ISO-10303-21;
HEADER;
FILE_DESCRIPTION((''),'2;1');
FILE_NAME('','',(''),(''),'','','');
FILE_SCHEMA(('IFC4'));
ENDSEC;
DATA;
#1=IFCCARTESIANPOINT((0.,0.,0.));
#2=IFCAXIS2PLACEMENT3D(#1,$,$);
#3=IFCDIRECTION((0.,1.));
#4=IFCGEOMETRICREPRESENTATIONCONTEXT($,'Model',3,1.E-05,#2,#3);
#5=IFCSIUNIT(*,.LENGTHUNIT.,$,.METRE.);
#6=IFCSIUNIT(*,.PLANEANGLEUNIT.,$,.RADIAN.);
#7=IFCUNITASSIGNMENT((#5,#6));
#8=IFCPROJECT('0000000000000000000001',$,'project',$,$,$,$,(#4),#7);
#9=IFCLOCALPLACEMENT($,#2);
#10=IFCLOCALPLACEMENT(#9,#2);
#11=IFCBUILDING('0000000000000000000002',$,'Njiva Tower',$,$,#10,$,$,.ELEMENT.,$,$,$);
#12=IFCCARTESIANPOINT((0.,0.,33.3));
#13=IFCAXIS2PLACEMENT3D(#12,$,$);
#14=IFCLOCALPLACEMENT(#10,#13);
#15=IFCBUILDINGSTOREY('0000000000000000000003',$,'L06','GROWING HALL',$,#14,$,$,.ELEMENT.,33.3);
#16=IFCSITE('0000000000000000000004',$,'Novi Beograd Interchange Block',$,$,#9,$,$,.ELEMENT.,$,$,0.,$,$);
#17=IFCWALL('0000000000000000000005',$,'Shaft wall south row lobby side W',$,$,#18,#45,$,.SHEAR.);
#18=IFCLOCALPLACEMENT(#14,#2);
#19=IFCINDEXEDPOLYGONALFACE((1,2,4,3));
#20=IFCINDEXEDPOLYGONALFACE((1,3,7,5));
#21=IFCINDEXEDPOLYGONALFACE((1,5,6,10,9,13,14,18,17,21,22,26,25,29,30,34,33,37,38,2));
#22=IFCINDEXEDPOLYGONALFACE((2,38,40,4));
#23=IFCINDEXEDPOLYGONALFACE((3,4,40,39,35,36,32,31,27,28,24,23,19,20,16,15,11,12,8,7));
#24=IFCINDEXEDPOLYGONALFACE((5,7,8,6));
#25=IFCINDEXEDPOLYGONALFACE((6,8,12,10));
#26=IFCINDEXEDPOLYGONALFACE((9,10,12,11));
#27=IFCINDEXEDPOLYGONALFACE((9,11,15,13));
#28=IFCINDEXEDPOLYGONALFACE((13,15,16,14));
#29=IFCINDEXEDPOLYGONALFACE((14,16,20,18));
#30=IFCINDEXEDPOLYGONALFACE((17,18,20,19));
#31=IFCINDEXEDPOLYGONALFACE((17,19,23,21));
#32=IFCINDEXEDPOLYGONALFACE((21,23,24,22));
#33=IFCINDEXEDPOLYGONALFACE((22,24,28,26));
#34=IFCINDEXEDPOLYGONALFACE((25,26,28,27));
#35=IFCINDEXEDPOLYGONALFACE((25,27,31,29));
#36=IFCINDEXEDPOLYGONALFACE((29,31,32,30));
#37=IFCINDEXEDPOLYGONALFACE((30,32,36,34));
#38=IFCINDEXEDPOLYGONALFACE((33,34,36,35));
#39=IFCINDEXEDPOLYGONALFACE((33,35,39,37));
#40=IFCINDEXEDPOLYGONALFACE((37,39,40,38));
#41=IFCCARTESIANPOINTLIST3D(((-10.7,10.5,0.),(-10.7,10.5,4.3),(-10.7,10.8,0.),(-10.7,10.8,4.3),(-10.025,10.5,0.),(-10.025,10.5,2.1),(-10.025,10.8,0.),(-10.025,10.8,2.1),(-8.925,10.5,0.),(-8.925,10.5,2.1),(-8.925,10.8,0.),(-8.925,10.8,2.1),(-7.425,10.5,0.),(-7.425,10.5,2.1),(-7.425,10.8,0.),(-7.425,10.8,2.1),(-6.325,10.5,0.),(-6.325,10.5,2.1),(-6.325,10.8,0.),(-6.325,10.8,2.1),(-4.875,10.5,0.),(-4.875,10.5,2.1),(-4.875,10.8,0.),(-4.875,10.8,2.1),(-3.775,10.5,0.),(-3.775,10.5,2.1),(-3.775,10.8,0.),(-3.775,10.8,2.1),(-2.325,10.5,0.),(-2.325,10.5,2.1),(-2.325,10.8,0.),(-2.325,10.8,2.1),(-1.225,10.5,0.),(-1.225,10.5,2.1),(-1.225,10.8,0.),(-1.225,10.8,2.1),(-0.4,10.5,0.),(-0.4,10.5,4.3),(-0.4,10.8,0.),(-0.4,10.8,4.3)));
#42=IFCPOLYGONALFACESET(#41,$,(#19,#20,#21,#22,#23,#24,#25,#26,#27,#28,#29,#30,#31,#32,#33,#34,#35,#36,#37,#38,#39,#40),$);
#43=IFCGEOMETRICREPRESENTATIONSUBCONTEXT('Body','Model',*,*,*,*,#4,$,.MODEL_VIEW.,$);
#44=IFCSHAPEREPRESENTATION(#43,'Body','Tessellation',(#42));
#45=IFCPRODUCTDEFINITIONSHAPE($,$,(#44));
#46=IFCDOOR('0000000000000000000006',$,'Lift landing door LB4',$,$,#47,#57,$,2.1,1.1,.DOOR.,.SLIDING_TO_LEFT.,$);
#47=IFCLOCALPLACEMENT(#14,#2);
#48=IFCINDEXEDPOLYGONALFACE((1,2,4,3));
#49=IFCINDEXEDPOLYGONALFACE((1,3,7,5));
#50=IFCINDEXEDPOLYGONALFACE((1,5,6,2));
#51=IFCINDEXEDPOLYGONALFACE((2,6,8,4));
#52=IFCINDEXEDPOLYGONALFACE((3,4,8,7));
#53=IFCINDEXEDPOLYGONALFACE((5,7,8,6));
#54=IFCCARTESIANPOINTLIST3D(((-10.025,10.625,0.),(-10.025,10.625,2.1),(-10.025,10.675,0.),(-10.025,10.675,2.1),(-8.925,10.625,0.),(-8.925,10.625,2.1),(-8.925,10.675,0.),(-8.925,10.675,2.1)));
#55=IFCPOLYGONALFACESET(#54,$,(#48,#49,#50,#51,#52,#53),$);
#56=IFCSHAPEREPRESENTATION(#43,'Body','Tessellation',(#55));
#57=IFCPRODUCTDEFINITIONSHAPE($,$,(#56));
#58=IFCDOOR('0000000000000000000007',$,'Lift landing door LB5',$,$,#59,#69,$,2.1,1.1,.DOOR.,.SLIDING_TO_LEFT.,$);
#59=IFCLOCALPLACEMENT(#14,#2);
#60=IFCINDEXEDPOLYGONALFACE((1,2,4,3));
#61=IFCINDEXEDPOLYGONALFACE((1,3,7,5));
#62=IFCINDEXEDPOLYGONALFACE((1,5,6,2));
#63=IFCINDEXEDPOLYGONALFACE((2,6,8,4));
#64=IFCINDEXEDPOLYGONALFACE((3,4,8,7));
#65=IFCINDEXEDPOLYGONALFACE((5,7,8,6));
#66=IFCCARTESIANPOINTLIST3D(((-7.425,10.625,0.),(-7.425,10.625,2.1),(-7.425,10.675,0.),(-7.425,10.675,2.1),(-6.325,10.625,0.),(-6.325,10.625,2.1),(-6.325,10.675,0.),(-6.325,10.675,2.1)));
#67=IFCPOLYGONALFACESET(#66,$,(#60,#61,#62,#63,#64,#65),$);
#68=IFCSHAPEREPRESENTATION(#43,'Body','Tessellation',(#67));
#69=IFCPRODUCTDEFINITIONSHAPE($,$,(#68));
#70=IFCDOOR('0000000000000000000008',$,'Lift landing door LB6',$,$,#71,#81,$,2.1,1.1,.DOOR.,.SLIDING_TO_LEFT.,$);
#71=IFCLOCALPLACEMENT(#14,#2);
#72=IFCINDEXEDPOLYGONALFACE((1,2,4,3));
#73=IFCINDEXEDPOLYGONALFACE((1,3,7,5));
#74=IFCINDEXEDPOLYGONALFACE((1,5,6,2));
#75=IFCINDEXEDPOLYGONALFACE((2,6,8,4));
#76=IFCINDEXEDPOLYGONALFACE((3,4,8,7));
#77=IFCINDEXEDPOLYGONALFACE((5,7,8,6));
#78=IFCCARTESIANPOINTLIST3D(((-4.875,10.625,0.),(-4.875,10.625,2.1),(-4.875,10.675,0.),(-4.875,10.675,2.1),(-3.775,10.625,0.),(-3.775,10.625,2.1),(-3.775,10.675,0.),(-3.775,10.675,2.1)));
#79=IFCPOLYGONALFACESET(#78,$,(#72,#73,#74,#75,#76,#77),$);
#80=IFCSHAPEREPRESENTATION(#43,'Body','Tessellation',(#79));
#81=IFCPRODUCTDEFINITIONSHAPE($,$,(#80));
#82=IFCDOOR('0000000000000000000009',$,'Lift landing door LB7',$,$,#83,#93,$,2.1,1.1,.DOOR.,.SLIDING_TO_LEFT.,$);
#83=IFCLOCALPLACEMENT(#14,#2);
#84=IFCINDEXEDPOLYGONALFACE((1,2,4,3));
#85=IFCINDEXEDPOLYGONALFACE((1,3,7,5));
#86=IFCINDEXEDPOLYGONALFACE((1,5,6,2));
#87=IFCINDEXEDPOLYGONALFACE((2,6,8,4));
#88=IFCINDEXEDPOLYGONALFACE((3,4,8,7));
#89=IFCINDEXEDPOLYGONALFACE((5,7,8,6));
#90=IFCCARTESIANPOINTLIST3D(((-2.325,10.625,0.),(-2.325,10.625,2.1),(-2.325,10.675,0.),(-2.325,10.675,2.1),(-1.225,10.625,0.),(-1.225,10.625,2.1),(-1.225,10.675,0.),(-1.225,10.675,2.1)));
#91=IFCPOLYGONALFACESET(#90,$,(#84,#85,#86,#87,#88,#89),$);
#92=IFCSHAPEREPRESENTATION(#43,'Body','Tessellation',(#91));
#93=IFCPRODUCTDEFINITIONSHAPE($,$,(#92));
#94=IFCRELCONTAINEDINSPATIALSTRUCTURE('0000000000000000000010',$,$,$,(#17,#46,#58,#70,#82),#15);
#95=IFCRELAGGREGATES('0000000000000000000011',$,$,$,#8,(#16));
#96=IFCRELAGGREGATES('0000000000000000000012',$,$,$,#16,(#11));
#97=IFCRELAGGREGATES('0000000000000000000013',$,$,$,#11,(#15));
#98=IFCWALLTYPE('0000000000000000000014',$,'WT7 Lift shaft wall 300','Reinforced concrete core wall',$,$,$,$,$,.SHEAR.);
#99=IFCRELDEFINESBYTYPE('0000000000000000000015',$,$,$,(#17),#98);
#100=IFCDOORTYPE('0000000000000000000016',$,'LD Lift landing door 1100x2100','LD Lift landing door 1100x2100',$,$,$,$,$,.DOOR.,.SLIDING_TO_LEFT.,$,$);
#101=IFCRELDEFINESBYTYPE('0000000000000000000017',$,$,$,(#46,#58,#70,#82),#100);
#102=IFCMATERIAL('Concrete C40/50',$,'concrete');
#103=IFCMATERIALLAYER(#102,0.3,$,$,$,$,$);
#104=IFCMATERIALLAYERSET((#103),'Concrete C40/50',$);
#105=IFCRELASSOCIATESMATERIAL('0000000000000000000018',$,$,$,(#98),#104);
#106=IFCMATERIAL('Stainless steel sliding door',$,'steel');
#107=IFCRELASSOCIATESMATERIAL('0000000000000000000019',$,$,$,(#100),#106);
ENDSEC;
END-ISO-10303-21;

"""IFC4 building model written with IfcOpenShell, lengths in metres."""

from ifc_helpers import new_model, si_unit, direction, frame, frame_2d, origin, place, context, subcontext, project, spatial, rectangle, extrude, material, layer, layer_set, type_object, element, fill, save


model = new_model("IFC4")

# Units and contexts
model_context = context("Model", 3, precision=1e-05, world=origin(), true_north=direction((0.0, 1.0)))
body_context = subcontext(model_context, "Body", "Model", "MODEL_VIEW")
ifc_project = project(units=[si_unit("LENGTHUNIT", "METRE"), si_unit("PLANEANGLEUNIT", "RADIAN")], contexts=[model_context])

# Site, building, storey
site_placement = place(None, origin())
site = spatial("IfcSite", under=ifc_project, at=site_placement, Name="Novi Beograd Interchange Block", CompositionType="ELEMENT", RefElevation=0.0)
building_placement = place(site_placement, origin())
building = spatial("IfcBuilding", under=site, at=building_placement, Name="Njiva Tower", CompositionType="ELEMENT")
storey_placement = place(building_placement, frame((0.0, 0.0, 33.3)))
storey = spatial("IfcBuildingStorey", under=building, at=storey_placement, Name="L06", Description="GROWING HALL", CompositionType="ELEMENT", Elevation=33.3)

# Shared definitions
ifc_material_1 = material(Name="Concrete C40/50", Category="concrete")

# Wall, openings, doors
ifc_layer_1 = layer(ifc_material_1, 0.3)
ifc_layer_set_1 = layer_set([ifc_layer_1], Name="Concrete C40/50")
wall_type_1 = type_object("IfcWallType", Name="WT7 Lift shaft wall 300", Description="Reinforced concrete core wall", PredefinedType="SHEAR", material=ifc_layer_set_1)
ifc_material_2 = material(Name="Stainless steel sliding door", Category="steel")
door_type_1 = type_object("IfcDoorType", Name="LD Lift landing door 1100x2100", Description="LD Lift landing door 1100x2100", OperationType="SLIDING_TO_LEFT", PredefinedType="DOOR", material=ifc_material_2)
wall_1_placement = place(storey_placement, frame((-10.7, 10.65, 0.0), z_axis=(0.0, 0.0, 1.0), x_axis=(1.0, 0.0, 0.0)))
wall_1 = element("IfcWall", 1, at=wall_1_placement, inside=storey, type_object=wall_type_1, Name="Shaft wall south row lobby side W", PredefinedType="SHEAR", context=body_context, shape_type="SweptSolid", body=[
    extrude(rectangle(XDim=10.3, YDim=0.3, at=frame_2d((5.15, 0.0))), origin(), (0.0, 0.0, 1.0), 4.3),
])
opening_1_placement = place(wall_1_placement, frame((0.675, 0.0, 0.0)))
opening_1 = element("IfcOpeningElement", 2, at=opening_1_placement, cuts=wall_1, PredefinedType="OPENING", context=body_context, shape_type="SweptSolid", body=[
    extrude(rectangle(XDim=1.1, YDim=2.1, at=frame_2d((0.55, 1.05))), frame((0.0, 0.16, 0.0), z_axis=(0.0, -1.0, 0.0), x_axis=(1.0, 0.0, 0.0)), (0.0, 0.0, 1.0), 0.32),
])
opening_2_placement = place(wall_1_placement, frame((3.275, 0.0, 0.0)))
opening_2 = element("IfcOpeningElement", 3, at=opening_2_placement, cuts=wall_1, PredefinedType="OPENING", context=body_context, shape_type="SweptSolid", body=[
    extrude(rectangle(XDim=1.1, YDim=2.1, at=frame_2d((0.55, 1.05))), frame((0.0, 0.16, 0.0), z_axis=(0.0, -1.0, 0.0), x_axis=(1.0, 0.0, 0.0)), (0.0, 0.0, 1.0), 0.32),
])
opening_3_placement = place(wall_1_placement, frame((5.825, 0.0, 0.0)))
opening_3 = element("IfcOpeningElement", 4, at=opening_3_placement, cuts=wall_1, PredefinedType="OPENING", context=body_context, shape_type="SweptSolid", body=[
    extrude(rectangle(XDim=1.1, YDim=2.1, at=frame_2d((0.55, 1.05))), frame((0.0, 0.16, 0.0), z_axis=(0.0, -1.0, 0.0), x_axis=(1.0, 0.0, 0.0)), (0.0, 0.0, 1.0), 0.32),
])
opening_4_placement = place(wall_1_placement, frame((8.375, 0.0, 0.0)))
opening_4 = element("IfcOpeningElement", 5, at=opening_4_placement, cuts=wall_1, PredefinedType="OPENING", context=body_context, shape_type="SweptSolid", body=[
    extrude(rectangle(XDim=1.1, YDim=2.1, at=frame_2d((0.55, 1.05))), frame((0.0, 0.16, 0.0), z_axis=(0.0, -1.0, 0.0), x_axis=(1.0, 0.0, 0.0)), (0.0, 0.0, 1.0), 0.32),
])
door_1_placement = place(opening_1_placement, origin())
door_1 = element("IfcDoor", 6, at=door_1_placement, inside=storey, type_object=door_type_1, Name="Lift landing door LB4", OperationType="SLIDING_TO_LEFT", OverallHeight=2.1, OverallWidth=1.1, PredefinedType="DOOR", context=body_context, shape_type="SweptSolid", body=[
    extrude(rectangle(XDim=1.1, YDim=2.1, at=frame_2d((0.55, 1.05))), frame((0.0, 0.025, 0.0), z_axis=(0.0, -1.0, 0.0), x_axis=(1.0, 0.0, 0.0)), (0.0, 0.0, 1.0), 0.05),
])
fill(opening_1, door_1)
door_2_placement = place(opening_2_placement, origin())
door_2 = element("IfcDoor", 7, at=door_2_placement, inside=storey, type_object=door_type_1, Name="Lift landing door LB5", OperationType="SLIDING_TO_LEFT", OverallHeight=2.1, OverallWidth=1.1, PredefinedType="DOOR", context=body_context, shape_type="SweptSolid", body=[
    extrude(rectangle(XDim=1.1, YDim=2.1, at=frame_2d((0.55, 1.05))), frame((0.0, 0.025, 0.0), z_axis=(0.0, -1.0, 0.0), x_axis=(1.0, 0.0, 0.0)), (0.0, 0.0, 1.0), 0.05),
])
fill(opening_2, door_2)
door_3_placement = place(opening_3_placement, origin())
door_3 = element("IfcDoor", 8, at=door_3_placement, inside=storey, type_object=door_type_1, Name="Lift landing door LB6", OperationType="SLIDING_TO_LEFT", OverallHeight=2.1, OverallWidth=1.1, PredefinedType="DOOR", context=body_context, shape_type="SweptSolid", body=[
    extrude(rectangle(XDim=1.1, YDim=2.1, at=frame_2d((0.55, 1.05))), frame((0.0, 0.025, 0.0), z_axis=(0.0, -1.0, 0.0), x_axis=(1.0, 0.0, 0.0)), (0.0, 0.0, 1.0), 0.05),
])
fill(opening_3, door_3)
door_4_placement = place(opening_4_placement, origin())
door_4 = element("IfcDoor", 9, at=door_4_placement, inside=storey, type_object=door_type_1, Name="Lift landing door LB7", OperationType="SLIDING_TO_LEFT", OverallHeight=2.1, OverallWidth=1.1, PredefinedType="DOOR", context=body_context, shape_type="SweptSolid", body=[
    extrude(rectangle(XDim=1.1, YDim=2.1, at=frame_2d((0.55, 1.05))), frame((0.0, 0.025, 0.0), z_axis=(0.0, -1.0, 0.0), x_axis=(1.0, 0.0, 0.0)), (0.0, 0.0, 1.0), 0.05),
])
fill(opening_4, door_4)

save(model, "model.ifc")
